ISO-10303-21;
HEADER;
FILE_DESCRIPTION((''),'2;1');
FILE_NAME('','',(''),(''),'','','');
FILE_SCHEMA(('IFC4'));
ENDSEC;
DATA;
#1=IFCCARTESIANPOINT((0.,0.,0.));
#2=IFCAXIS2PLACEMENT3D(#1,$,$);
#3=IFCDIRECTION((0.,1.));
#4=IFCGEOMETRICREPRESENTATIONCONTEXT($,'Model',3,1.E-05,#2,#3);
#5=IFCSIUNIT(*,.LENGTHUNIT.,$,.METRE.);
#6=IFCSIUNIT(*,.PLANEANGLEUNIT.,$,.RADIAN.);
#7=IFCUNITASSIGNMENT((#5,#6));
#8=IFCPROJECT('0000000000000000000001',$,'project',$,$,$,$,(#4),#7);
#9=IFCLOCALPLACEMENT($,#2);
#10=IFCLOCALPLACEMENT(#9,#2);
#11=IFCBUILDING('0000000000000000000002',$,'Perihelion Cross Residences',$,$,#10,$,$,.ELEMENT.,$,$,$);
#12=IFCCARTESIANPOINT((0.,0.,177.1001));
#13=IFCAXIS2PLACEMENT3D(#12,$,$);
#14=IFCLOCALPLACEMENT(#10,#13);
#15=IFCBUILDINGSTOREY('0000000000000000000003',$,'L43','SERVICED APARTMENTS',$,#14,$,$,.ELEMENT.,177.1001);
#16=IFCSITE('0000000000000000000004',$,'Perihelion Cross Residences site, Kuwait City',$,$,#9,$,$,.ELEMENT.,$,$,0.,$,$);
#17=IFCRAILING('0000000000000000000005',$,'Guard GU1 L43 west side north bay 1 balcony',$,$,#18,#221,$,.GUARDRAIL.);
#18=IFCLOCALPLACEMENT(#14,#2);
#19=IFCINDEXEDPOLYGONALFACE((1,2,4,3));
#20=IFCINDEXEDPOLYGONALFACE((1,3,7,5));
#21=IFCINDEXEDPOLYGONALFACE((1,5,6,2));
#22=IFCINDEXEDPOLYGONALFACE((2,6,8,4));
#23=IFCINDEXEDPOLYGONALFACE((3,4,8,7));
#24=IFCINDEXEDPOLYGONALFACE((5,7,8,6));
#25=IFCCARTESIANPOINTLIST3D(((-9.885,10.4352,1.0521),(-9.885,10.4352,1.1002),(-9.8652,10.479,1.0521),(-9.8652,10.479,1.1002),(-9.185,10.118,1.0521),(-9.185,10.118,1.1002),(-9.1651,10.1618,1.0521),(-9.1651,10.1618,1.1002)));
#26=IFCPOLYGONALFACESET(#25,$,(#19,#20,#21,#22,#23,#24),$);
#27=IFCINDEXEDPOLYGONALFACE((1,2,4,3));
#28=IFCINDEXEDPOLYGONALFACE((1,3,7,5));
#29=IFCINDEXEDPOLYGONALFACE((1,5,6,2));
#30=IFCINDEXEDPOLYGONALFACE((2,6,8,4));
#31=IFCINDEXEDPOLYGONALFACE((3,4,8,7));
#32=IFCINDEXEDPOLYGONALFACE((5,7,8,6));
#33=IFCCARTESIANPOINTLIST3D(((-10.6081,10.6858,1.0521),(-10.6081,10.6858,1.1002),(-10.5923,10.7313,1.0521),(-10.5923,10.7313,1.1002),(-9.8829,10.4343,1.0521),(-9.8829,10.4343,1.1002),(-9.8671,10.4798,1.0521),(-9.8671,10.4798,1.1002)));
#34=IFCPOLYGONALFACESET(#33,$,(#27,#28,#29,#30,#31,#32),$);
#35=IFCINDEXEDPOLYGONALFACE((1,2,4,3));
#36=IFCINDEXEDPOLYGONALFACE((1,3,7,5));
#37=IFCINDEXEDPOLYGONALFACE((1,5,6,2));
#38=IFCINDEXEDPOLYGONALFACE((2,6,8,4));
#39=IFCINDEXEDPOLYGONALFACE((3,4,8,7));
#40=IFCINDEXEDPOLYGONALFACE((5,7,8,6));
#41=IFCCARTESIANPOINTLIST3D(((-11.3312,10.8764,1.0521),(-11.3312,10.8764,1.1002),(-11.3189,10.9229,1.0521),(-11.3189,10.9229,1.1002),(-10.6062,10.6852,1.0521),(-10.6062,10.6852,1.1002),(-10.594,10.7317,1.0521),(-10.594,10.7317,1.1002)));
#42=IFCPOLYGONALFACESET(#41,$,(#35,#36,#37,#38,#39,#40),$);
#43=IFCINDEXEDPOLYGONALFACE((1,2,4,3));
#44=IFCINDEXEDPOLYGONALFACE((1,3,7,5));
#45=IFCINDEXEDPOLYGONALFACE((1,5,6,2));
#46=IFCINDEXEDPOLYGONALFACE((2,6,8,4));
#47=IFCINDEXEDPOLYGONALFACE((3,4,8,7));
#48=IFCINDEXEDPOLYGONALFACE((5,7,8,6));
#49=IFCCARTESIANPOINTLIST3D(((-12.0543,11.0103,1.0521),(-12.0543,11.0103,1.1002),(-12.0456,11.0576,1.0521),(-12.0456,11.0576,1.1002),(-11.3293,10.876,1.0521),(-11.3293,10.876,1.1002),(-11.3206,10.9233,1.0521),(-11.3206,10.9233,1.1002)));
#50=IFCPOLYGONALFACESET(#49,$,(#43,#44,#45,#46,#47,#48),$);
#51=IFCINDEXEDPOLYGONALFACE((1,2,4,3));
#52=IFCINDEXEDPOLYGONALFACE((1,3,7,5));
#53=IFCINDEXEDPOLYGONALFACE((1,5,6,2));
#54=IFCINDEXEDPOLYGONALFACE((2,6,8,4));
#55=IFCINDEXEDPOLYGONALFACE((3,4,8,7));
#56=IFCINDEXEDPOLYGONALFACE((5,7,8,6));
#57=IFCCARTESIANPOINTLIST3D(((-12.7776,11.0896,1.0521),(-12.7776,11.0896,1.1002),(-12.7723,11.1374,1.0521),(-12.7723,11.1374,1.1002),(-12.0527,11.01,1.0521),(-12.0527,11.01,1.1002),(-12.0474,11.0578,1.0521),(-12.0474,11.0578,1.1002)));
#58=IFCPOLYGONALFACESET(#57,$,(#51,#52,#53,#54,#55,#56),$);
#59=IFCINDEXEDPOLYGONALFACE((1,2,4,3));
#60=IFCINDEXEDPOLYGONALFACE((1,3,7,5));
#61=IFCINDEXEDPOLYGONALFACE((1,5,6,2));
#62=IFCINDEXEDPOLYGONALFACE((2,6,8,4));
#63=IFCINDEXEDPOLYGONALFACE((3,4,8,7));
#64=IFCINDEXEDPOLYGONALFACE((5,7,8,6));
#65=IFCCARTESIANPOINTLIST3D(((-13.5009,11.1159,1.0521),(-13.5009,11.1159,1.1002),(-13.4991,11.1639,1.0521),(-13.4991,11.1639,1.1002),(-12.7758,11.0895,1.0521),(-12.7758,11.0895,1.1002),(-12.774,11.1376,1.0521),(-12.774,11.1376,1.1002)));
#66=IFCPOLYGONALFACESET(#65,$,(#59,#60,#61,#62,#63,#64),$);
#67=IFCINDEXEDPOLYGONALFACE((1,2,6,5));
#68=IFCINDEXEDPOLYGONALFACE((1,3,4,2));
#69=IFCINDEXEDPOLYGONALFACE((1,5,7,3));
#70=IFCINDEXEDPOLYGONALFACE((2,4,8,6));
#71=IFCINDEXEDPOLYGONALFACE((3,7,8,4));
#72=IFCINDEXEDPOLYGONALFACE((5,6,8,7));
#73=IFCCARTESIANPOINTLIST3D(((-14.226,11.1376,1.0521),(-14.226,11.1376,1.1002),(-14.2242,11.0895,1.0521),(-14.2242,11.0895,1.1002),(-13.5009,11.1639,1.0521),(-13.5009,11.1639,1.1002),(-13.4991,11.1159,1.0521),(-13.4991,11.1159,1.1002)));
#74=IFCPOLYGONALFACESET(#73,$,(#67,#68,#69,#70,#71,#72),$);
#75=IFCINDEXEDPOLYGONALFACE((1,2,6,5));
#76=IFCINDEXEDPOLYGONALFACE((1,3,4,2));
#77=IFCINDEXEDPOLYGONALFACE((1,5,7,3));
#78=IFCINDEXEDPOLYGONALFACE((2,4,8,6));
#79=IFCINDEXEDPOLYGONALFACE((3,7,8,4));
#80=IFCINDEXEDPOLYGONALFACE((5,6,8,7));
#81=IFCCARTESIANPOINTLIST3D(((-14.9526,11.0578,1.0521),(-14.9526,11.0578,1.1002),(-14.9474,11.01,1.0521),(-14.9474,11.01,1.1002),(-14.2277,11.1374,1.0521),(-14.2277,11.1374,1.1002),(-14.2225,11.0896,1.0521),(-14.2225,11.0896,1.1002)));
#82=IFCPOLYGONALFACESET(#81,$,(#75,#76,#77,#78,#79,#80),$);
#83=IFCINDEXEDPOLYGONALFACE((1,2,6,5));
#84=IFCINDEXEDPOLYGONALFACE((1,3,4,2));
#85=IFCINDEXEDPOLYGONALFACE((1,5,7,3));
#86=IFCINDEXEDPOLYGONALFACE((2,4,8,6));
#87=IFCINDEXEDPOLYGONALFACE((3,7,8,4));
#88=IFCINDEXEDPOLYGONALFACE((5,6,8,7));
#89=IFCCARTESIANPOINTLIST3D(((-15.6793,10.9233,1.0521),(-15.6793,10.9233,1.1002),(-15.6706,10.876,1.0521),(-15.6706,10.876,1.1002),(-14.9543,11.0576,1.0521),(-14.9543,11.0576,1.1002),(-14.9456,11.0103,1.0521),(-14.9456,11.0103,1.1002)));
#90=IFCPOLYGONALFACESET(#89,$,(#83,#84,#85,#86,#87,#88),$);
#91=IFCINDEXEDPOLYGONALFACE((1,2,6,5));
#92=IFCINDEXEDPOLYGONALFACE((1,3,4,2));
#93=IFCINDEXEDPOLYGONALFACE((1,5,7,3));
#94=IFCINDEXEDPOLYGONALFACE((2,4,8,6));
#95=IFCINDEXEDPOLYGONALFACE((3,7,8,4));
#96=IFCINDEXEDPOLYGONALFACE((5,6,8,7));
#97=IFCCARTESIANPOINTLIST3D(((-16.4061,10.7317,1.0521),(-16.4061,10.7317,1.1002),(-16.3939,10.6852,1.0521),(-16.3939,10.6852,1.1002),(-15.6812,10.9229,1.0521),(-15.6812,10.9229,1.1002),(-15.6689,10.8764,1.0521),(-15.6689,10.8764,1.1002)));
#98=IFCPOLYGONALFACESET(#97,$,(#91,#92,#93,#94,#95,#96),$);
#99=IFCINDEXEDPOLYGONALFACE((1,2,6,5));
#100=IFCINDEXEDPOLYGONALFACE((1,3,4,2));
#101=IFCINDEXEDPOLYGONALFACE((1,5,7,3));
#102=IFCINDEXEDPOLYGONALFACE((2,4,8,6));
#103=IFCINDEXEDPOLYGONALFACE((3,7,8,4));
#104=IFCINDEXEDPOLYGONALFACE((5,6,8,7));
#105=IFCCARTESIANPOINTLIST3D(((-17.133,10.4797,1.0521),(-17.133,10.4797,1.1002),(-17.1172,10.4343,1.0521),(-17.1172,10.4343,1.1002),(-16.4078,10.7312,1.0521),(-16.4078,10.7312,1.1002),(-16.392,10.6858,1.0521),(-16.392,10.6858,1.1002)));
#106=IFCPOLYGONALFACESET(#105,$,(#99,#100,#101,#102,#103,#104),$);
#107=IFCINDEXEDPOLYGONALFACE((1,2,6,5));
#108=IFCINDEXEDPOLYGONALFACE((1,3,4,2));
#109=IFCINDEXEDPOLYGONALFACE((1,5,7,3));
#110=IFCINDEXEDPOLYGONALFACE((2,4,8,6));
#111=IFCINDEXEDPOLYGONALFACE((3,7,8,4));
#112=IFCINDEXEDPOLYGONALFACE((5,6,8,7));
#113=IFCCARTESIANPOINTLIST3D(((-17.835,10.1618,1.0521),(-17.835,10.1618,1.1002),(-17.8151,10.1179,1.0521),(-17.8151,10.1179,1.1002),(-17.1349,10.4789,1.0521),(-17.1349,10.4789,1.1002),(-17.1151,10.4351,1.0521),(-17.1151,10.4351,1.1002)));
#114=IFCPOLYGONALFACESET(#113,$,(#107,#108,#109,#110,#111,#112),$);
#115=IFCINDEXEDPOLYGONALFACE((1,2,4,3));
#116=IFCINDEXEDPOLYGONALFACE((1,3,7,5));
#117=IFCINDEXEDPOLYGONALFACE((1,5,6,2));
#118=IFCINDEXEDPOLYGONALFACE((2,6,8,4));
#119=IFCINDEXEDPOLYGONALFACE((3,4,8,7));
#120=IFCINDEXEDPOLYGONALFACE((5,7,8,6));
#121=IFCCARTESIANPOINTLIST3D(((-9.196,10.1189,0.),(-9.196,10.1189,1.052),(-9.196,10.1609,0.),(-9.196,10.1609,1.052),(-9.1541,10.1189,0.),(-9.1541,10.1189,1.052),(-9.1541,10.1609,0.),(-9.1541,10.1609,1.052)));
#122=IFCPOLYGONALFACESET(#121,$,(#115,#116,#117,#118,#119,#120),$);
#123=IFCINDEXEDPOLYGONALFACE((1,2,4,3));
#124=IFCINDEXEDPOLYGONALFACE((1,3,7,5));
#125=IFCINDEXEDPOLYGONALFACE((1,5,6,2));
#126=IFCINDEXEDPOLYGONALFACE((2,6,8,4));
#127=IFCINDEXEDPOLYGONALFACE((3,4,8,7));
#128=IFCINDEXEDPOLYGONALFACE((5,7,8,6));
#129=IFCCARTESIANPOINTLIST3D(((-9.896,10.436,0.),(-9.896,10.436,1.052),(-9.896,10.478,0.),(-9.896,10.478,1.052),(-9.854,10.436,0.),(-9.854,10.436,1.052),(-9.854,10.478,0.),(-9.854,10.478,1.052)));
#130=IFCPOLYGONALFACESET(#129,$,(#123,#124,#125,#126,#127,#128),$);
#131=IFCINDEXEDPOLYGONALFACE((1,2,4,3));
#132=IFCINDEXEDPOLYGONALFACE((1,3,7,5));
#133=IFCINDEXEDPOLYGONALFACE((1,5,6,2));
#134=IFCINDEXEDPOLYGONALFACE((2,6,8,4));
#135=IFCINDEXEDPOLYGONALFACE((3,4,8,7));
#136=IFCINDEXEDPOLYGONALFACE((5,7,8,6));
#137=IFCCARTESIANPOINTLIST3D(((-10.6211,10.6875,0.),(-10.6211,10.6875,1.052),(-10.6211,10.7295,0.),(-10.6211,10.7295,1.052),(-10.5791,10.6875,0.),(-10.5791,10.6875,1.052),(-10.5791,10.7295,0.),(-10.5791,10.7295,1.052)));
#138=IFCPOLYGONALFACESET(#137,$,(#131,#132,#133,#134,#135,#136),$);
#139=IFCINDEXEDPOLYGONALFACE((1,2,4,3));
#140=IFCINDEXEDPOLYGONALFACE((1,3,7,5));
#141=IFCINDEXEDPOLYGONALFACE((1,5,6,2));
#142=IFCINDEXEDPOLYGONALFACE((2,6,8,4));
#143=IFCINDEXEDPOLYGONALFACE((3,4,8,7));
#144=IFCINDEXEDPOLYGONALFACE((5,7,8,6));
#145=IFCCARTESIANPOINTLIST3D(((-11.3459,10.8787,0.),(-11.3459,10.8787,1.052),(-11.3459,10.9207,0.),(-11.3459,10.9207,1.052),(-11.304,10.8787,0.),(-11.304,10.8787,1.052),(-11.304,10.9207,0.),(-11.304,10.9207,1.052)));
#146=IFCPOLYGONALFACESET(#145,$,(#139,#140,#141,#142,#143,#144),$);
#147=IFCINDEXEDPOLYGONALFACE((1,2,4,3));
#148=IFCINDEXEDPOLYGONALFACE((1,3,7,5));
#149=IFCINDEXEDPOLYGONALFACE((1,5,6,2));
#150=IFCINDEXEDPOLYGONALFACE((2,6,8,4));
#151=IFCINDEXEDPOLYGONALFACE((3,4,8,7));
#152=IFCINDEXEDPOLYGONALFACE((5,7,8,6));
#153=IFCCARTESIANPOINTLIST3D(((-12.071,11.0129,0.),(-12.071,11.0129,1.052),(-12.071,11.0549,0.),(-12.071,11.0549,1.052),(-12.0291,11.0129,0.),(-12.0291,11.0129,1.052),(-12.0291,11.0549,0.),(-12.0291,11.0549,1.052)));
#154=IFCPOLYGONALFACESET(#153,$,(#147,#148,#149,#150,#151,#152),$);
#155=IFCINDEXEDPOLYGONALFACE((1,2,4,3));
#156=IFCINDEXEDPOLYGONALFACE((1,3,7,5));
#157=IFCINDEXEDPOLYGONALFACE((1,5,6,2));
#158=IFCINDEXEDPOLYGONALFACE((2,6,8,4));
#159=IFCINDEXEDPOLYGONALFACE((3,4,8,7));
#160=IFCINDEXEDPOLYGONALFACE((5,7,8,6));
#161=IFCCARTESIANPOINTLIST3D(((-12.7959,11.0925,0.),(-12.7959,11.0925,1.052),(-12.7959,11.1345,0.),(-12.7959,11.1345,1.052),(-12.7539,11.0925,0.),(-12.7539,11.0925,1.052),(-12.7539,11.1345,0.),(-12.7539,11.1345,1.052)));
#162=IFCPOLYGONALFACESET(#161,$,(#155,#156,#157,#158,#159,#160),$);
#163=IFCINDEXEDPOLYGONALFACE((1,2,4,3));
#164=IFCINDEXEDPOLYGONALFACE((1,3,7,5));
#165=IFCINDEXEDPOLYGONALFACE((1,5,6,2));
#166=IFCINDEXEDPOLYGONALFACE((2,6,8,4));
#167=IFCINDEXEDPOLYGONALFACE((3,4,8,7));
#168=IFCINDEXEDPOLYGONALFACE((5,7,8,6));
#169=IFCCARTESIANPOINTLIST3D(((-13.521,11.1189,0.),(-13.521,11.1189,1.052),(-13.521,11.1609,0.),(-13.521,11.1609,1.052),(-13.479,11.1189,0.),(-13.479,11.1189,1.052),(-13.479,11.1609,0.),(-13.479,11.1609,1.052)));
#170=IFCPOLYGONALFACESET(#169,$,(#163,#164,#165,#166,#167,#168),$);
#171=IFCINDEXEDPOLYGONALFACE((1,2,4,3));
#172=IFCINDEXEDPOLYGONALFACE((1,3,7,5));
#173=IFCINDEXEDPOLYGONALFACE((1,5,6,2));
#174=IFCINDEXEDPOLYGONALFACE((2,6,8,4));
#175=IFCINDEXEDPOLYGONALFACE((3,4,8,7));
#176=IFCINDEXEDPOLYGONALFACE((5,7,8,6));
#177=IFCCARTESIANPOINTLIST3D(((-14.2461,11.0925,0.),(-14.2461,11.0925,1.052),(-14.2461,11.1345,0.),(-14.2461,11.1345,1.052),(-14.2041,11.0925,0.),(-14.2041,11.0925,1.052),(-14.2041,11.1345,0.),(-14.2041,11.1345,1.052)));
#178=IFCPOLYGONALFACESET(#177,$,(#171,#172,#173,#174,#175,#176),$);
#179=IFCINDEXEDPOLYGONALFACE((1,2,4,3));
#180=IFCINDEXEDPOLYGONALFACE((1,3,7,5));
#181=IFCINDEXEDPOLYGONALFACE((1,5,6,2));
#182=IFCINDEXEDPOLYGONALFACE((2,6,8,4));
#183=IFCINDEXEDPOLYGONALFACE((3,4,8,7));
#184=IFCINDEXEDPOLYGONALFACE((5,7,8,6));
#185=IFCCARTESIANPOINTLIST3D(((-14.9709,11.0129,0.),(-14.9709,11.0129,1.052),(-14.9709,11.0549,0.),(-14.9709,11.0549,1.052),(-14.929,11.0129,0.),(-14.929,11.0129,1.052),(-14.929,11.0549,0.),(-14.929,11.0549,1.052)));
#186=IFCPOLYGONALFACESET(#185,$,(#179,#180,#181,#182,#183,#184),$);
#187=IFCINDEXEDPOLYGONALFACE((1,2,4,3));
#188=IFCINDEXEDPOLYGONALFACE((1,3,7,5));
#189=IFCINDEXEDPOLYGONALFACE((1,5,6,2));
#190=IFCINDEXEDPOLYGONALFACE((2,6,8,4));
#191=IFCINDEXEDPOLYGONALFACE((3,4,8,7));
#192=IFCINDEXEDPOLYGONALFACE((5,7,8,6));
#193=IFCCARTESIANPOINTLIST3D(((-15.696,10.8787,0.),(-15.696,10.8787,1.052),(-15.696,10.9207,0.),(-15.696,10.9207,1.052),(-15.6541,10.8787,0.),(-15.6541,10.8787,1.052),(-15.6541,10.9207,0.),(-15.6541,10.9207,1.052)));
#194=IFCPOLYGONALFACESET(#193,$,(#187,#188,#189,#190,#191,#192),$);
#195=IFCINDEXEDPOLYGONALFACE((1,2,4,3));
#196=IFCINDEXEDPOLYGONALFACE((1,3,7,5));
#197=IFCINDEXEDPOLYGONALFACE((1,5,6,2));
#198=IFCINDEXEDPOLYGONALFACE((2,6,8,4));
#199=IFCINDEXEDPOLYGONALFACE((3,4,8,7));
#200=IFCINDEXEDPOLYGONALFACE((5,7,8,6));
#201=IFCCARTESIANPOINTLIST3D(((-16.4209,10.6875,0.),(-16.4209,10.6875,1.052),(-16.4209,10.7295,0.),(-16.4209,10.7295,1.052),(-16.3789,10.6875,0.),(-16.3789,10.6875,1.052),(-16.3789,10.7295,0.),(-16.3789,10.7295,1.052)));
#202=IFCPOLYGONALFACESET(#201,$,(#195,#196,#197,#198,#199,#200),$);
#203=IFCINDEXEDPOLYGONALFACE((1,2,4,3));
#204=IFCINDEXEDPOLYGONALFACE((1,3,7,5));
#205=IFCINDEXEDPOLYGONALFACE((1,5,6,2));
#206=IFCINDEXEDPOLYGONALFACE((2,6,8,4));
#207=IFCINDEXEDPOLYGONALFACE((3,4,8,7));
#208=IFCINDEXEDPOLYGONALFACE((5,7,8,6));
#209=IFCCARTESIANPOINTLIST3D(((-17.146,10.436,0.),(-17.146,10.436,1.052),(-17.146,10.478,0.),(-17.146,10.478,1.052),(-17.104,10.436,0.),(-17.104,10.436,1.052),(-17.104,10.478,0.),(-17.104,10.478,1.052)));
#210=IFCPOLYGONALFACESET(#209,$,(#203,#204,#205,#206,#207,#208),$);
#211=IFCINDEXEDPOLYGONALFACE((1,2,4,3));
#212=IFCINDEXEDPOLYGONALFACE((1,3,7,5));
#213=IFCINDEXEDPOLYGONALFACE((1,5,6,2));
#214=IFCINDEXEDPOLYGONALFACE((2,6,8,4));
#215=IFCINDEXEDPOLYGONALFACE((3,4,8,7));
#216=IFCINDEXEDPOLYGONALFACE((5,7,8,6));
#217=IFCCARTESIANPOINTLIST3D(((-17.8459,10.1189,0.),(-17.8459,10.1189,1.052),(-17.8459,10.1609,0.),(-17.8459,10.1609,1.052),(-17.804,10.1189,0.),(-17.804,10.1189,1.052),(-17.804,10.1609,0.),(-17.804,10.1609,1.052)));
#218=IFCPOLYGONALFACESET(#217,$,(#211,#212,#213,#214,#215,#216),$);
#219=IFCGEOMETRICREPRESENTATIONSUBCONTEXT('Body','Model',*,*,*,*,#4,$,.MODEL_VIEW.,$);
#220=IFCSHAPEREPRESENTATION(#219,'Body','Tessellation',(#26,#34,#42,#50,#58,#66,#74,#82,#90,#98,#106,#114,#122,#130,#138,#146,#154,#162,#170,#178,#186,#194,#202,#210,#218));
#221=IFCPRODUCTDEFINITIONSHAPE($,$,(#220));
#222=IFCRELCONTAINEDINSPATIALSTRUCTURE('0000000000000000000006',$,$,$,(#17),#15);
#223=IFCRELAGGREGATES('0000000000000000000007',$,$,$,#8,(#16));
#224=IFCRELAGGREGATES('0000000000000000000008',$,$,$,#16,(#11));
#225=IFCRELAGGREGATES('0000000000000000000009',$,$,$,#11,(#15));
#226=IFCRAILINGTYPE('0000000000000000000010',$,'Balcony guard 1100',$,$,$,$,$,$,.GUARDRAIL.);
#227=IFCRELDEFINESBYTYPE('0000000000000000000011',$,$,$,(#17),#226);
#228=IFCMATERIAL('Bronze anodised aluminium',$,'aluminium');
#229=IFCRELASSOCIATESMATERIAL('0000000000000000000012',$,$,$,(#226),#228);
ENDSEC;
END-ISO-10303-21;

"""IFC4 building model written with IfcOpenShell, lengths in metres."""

from ifc_helpers import new_model, si_unit, direction, frame, origin, origin_2d, place, context, subcontext, project, spatial, rectangle, extrude, material, type_object, element, save


model = new_model("IFC4")

# Units and contexts
model_context = context("Model", 3, precision=1e-05, world=origin(), true_north=direction((0.0, 1.0)))
body_context = subcontext(model_context, "Body", "Model", "MODEL_VIEW")
ifc_project = project(units=[si_unit("LENGTHUNIT", "METRE"), si_unit("PLANEANGLEUNIT", "RADIAN")], contexts=[model_context])

# Site, building, storey
site_placement = place(None, origin())
site = spatial("IfcSite", under=ifc_project, at=site_placement, Name="Perihelion Cross Residences site, Kuwait City", CompositionType="ELEMENT", RefElevation=0.0)
building_placement = place(site_placement, origin())
building = spatial("IfcBuilding", under=site, at=building_placement, Name="Perihelion Cross Residences", CompositionType="ELEMENT")
storey_placement = place(building_placement, frame((0.0, 0.0, 177.1001)))
storey = spatial("IfcBuildingStorey", under=building, at=storey_placement, Name="L43", Description="SERVICED APARTMENTS", CompositionType="ELEMENT", Elevation=177.1001)

# Railing
ifc_material_1 = material(Name="Bronze anodised aluminium", Category="aluminium")
railing_type = type_object("IfcRailingType", Name="Balcony guard 1100", PredefinedType="GUARDRAIL", material=ifc_material_1)
railing_1_placement = place(storey_placement, frame((-9.175, 10.1399, 0.0)))
element("IfcRailing", 1, at=railing_1_placement, inside=storey, type_object=railing_type, Name="Guard GU1 L43 west side north bay 1 balcony", PredefinedType="GUARDRAIL", context=body_context, shape_type="SweptSolid", body=[
    extrude(rectangle(XDim=0.0481, YDim=0.0481, at=origin_2d()), frame((0.0, 0.0, 1.0762), z_axis=(-0.910866, 0.412702, 0.0), x_axis=(-0.412702, -0.910866, 0.0)), (0.0, 0.0, 1.0), 0.7686),
    extrude(rectangle(XDim=0.0481, YDim=0.0481, at=origin_2d()), frame((-0.7, 0.3171, 1.0762), z_axis=(-0.944797, 0.327657, 0.0), x_axis=(-0.327657, -0.944797, 0.0)), (0.0, 0.0, 1.0), 0.7676),
    extrude(rectangle(XDim=0.0481, YDim=0.0481, at=origin_2d()), frame((-1.425, 0.5686, 1.0762), z_axis=(-0.966939, 0.255006, 0.0), x_axis=(-0.255006, -0.966939, 0.0)), (0.0, 0.0, 1.0), 0.7498),
    extrude(rectangle(XDim=0.0481, YDim=0.0481, at=origin_2d()), frame((-2.1499, 0.7598, 1.0762), z_axis=(-0.983282, 0.182089, 0.0), x_axis=(-0.182089, -0.983282, 0.0)), (0.0, 0.0, 1.0), 0.7373),
    extrude(rectangle(XDim=0.0481, YDim=0.0481, at=origin_2d()), frame((-2.875, 0.894, 1.0762), z_axis=(-0.994026, 0.109145, 0.0), x_axis=(-0.109145, -0.994026, 0.0)), (0.0, 0.0, 1.0), 0.7292),
    extrude(rectangle(XDim=0.0481, YDim=0.0481, at=origin_2d()), frame((-3.5999, 0.9736, 1.0762), z_axis=(-0.999339, 0.03634, 0.0), x_axis=(-0.03634, -0.999339, 0.0)), (0.0, 0.0, 1.0), 0.7256),
    extrude(rectangle(XDim=0.0481, YDim=0.0481, at=origin_2d()), frame((-4.325, 1.0, 1.0762), z_axis=(-0.999339, -0.03634, 0.0), x_axis=(0.03634, -0.999339, 0.0)), (0.0, 0.0, 1.0), 0.7256),
    extrude(rectangle(XDim=0.0481, YDim=0.0481, at=origin_2d()), frame((-5.05, 0.9736, 1.0762), z_axis=(-0.994026, -0.109145, 0.0), x_axis=(0.109145, -0.994026, 0.0)), (0.0, 0.0, 1.0), 0.7292),
    extrude(rectangle(XDim=0.0481, YDim=0.0481, at=origin_2d()), frame((-5.7749, 0.894, 1.0762), z_axis=(-0.983282, -0.182089, 0.0), x_axis=(0.182089, -0.983282, 0.0)), (0.0, 0.0, 1.0), 0.7373),
    extrude(rectangle(XDim=0.0481, YDim=0.0481, at=origin_2d()), frame((-6.5, 0.7598, 1.0762), z_axis=(-0.966939, -0.255006, 0.0), x_axis=(0.255006, -0.966939, 0.0)), (0.0, 0.0, 1.0), 0.7498),
    extrude(rectangle(XDim=0.0481, YDim=0.0481, at=origin_2d()), frame((-7.2249, 0.5686, 1.0762), z_axis=(-0.944797, -0.327657, 0.0), x_axis=(0.327657, -0.944797, 0.0)), (0.0, 0.0, 1.0), 0.7676),
    extrude(rectangle(XDim=0.0481, YDim=0.0481, at=origin_2d()), frame((-7.95, 0.3171, 1.0762), z_axis=(-0.910866, -0.412702, 0.0), x_axis=(0.412702, -0.910866, 0.0)), (0.0, 0.0, 1.0), 0.7686),
    extrude(rectangle(XDim=0.042, YDim=0.042, at=origin_2d()), origin(), (0.0, 0.0, 1.0), 1.052),
    extrude(rectangle(XDim=0.042, YDim=0.042, at=origin_2d()), frame((-0.7, 0.3171, 0.0)), (0.0, 0.0, 1.0), 1.052),
    extrude(rectangle(XDim=0.042, YDim=0.042, at=origin_2d()), frame((-1.425, 0.5686, 0.0)), (0.0, 0.0, 1.0), 1.052),
    extrude(rectangle(XDim=0.042, YDim=0.042, at=origin_2d()), frame((-2.1499, 0.7598, 0.0)), (0.0, 0.0, 1.0), 1.052),
    extrude(rectangle(XDim=0.042, YDim=0.042, at=origin_2d()), frame((-2.875, 0.894, 0.0)), (0.0, 0.0, 1.0), 1.052),
    extrude(rectangle(XDim=0.042, YDim=0.042, at=origin_2d()), frame((-3.5999, 0.9736, 0.0)), (0.0, 0.0, 1.0), 1.052),
    extrude(rectangle(XDim=0.042, YDim=0.042, at=origin_2d()), frame((-4.325, 1.0, 0.0)), (0.0, 0.0, 1.0), 1.052),
    extrude(rectangle(XDim=0.042, YDim=0.042, at=origin_2d()), frame((-5.05, 0.9736, 0.0)), (0.0, 0.0, 1.0), 1.052),
    extrude(rectangle(XDim=0.042, YDim=0.042, at=origin_2d()), frame((-5.7749, 0.894, 0.0)), (0.0, 0.0, 1.0), 1.052),
    extrude(rectangle(XDim=0.042, YDim=0.042, at=origin_2d()), frame((-6.5, 0.7598, 0.0)), (0.0, 0.0, 1.0), 1.052),
    extrude(rectangle(XDim=0.042, YDim=0.042, at=origin_2d()), frame((-7.2249, 0.5686, 0.0)), (0.0, 0.0, 1.0), 1.052),
    extrude(rectangle(XDim=0.042, YDim=0.042, at=origin_2d()), frame((-7.95, 0.3171, 0.0)), (0.0, 0.0, 1.0), 1.052),
    extrude(rectangle(XDim=0.042, YDim=0.042, at=origin_2d()), frame((-8.6499, 0.0, 0.0)), (0.0, 0.0, 1.0), 1.052),
])

save(model, "model.ifc")
